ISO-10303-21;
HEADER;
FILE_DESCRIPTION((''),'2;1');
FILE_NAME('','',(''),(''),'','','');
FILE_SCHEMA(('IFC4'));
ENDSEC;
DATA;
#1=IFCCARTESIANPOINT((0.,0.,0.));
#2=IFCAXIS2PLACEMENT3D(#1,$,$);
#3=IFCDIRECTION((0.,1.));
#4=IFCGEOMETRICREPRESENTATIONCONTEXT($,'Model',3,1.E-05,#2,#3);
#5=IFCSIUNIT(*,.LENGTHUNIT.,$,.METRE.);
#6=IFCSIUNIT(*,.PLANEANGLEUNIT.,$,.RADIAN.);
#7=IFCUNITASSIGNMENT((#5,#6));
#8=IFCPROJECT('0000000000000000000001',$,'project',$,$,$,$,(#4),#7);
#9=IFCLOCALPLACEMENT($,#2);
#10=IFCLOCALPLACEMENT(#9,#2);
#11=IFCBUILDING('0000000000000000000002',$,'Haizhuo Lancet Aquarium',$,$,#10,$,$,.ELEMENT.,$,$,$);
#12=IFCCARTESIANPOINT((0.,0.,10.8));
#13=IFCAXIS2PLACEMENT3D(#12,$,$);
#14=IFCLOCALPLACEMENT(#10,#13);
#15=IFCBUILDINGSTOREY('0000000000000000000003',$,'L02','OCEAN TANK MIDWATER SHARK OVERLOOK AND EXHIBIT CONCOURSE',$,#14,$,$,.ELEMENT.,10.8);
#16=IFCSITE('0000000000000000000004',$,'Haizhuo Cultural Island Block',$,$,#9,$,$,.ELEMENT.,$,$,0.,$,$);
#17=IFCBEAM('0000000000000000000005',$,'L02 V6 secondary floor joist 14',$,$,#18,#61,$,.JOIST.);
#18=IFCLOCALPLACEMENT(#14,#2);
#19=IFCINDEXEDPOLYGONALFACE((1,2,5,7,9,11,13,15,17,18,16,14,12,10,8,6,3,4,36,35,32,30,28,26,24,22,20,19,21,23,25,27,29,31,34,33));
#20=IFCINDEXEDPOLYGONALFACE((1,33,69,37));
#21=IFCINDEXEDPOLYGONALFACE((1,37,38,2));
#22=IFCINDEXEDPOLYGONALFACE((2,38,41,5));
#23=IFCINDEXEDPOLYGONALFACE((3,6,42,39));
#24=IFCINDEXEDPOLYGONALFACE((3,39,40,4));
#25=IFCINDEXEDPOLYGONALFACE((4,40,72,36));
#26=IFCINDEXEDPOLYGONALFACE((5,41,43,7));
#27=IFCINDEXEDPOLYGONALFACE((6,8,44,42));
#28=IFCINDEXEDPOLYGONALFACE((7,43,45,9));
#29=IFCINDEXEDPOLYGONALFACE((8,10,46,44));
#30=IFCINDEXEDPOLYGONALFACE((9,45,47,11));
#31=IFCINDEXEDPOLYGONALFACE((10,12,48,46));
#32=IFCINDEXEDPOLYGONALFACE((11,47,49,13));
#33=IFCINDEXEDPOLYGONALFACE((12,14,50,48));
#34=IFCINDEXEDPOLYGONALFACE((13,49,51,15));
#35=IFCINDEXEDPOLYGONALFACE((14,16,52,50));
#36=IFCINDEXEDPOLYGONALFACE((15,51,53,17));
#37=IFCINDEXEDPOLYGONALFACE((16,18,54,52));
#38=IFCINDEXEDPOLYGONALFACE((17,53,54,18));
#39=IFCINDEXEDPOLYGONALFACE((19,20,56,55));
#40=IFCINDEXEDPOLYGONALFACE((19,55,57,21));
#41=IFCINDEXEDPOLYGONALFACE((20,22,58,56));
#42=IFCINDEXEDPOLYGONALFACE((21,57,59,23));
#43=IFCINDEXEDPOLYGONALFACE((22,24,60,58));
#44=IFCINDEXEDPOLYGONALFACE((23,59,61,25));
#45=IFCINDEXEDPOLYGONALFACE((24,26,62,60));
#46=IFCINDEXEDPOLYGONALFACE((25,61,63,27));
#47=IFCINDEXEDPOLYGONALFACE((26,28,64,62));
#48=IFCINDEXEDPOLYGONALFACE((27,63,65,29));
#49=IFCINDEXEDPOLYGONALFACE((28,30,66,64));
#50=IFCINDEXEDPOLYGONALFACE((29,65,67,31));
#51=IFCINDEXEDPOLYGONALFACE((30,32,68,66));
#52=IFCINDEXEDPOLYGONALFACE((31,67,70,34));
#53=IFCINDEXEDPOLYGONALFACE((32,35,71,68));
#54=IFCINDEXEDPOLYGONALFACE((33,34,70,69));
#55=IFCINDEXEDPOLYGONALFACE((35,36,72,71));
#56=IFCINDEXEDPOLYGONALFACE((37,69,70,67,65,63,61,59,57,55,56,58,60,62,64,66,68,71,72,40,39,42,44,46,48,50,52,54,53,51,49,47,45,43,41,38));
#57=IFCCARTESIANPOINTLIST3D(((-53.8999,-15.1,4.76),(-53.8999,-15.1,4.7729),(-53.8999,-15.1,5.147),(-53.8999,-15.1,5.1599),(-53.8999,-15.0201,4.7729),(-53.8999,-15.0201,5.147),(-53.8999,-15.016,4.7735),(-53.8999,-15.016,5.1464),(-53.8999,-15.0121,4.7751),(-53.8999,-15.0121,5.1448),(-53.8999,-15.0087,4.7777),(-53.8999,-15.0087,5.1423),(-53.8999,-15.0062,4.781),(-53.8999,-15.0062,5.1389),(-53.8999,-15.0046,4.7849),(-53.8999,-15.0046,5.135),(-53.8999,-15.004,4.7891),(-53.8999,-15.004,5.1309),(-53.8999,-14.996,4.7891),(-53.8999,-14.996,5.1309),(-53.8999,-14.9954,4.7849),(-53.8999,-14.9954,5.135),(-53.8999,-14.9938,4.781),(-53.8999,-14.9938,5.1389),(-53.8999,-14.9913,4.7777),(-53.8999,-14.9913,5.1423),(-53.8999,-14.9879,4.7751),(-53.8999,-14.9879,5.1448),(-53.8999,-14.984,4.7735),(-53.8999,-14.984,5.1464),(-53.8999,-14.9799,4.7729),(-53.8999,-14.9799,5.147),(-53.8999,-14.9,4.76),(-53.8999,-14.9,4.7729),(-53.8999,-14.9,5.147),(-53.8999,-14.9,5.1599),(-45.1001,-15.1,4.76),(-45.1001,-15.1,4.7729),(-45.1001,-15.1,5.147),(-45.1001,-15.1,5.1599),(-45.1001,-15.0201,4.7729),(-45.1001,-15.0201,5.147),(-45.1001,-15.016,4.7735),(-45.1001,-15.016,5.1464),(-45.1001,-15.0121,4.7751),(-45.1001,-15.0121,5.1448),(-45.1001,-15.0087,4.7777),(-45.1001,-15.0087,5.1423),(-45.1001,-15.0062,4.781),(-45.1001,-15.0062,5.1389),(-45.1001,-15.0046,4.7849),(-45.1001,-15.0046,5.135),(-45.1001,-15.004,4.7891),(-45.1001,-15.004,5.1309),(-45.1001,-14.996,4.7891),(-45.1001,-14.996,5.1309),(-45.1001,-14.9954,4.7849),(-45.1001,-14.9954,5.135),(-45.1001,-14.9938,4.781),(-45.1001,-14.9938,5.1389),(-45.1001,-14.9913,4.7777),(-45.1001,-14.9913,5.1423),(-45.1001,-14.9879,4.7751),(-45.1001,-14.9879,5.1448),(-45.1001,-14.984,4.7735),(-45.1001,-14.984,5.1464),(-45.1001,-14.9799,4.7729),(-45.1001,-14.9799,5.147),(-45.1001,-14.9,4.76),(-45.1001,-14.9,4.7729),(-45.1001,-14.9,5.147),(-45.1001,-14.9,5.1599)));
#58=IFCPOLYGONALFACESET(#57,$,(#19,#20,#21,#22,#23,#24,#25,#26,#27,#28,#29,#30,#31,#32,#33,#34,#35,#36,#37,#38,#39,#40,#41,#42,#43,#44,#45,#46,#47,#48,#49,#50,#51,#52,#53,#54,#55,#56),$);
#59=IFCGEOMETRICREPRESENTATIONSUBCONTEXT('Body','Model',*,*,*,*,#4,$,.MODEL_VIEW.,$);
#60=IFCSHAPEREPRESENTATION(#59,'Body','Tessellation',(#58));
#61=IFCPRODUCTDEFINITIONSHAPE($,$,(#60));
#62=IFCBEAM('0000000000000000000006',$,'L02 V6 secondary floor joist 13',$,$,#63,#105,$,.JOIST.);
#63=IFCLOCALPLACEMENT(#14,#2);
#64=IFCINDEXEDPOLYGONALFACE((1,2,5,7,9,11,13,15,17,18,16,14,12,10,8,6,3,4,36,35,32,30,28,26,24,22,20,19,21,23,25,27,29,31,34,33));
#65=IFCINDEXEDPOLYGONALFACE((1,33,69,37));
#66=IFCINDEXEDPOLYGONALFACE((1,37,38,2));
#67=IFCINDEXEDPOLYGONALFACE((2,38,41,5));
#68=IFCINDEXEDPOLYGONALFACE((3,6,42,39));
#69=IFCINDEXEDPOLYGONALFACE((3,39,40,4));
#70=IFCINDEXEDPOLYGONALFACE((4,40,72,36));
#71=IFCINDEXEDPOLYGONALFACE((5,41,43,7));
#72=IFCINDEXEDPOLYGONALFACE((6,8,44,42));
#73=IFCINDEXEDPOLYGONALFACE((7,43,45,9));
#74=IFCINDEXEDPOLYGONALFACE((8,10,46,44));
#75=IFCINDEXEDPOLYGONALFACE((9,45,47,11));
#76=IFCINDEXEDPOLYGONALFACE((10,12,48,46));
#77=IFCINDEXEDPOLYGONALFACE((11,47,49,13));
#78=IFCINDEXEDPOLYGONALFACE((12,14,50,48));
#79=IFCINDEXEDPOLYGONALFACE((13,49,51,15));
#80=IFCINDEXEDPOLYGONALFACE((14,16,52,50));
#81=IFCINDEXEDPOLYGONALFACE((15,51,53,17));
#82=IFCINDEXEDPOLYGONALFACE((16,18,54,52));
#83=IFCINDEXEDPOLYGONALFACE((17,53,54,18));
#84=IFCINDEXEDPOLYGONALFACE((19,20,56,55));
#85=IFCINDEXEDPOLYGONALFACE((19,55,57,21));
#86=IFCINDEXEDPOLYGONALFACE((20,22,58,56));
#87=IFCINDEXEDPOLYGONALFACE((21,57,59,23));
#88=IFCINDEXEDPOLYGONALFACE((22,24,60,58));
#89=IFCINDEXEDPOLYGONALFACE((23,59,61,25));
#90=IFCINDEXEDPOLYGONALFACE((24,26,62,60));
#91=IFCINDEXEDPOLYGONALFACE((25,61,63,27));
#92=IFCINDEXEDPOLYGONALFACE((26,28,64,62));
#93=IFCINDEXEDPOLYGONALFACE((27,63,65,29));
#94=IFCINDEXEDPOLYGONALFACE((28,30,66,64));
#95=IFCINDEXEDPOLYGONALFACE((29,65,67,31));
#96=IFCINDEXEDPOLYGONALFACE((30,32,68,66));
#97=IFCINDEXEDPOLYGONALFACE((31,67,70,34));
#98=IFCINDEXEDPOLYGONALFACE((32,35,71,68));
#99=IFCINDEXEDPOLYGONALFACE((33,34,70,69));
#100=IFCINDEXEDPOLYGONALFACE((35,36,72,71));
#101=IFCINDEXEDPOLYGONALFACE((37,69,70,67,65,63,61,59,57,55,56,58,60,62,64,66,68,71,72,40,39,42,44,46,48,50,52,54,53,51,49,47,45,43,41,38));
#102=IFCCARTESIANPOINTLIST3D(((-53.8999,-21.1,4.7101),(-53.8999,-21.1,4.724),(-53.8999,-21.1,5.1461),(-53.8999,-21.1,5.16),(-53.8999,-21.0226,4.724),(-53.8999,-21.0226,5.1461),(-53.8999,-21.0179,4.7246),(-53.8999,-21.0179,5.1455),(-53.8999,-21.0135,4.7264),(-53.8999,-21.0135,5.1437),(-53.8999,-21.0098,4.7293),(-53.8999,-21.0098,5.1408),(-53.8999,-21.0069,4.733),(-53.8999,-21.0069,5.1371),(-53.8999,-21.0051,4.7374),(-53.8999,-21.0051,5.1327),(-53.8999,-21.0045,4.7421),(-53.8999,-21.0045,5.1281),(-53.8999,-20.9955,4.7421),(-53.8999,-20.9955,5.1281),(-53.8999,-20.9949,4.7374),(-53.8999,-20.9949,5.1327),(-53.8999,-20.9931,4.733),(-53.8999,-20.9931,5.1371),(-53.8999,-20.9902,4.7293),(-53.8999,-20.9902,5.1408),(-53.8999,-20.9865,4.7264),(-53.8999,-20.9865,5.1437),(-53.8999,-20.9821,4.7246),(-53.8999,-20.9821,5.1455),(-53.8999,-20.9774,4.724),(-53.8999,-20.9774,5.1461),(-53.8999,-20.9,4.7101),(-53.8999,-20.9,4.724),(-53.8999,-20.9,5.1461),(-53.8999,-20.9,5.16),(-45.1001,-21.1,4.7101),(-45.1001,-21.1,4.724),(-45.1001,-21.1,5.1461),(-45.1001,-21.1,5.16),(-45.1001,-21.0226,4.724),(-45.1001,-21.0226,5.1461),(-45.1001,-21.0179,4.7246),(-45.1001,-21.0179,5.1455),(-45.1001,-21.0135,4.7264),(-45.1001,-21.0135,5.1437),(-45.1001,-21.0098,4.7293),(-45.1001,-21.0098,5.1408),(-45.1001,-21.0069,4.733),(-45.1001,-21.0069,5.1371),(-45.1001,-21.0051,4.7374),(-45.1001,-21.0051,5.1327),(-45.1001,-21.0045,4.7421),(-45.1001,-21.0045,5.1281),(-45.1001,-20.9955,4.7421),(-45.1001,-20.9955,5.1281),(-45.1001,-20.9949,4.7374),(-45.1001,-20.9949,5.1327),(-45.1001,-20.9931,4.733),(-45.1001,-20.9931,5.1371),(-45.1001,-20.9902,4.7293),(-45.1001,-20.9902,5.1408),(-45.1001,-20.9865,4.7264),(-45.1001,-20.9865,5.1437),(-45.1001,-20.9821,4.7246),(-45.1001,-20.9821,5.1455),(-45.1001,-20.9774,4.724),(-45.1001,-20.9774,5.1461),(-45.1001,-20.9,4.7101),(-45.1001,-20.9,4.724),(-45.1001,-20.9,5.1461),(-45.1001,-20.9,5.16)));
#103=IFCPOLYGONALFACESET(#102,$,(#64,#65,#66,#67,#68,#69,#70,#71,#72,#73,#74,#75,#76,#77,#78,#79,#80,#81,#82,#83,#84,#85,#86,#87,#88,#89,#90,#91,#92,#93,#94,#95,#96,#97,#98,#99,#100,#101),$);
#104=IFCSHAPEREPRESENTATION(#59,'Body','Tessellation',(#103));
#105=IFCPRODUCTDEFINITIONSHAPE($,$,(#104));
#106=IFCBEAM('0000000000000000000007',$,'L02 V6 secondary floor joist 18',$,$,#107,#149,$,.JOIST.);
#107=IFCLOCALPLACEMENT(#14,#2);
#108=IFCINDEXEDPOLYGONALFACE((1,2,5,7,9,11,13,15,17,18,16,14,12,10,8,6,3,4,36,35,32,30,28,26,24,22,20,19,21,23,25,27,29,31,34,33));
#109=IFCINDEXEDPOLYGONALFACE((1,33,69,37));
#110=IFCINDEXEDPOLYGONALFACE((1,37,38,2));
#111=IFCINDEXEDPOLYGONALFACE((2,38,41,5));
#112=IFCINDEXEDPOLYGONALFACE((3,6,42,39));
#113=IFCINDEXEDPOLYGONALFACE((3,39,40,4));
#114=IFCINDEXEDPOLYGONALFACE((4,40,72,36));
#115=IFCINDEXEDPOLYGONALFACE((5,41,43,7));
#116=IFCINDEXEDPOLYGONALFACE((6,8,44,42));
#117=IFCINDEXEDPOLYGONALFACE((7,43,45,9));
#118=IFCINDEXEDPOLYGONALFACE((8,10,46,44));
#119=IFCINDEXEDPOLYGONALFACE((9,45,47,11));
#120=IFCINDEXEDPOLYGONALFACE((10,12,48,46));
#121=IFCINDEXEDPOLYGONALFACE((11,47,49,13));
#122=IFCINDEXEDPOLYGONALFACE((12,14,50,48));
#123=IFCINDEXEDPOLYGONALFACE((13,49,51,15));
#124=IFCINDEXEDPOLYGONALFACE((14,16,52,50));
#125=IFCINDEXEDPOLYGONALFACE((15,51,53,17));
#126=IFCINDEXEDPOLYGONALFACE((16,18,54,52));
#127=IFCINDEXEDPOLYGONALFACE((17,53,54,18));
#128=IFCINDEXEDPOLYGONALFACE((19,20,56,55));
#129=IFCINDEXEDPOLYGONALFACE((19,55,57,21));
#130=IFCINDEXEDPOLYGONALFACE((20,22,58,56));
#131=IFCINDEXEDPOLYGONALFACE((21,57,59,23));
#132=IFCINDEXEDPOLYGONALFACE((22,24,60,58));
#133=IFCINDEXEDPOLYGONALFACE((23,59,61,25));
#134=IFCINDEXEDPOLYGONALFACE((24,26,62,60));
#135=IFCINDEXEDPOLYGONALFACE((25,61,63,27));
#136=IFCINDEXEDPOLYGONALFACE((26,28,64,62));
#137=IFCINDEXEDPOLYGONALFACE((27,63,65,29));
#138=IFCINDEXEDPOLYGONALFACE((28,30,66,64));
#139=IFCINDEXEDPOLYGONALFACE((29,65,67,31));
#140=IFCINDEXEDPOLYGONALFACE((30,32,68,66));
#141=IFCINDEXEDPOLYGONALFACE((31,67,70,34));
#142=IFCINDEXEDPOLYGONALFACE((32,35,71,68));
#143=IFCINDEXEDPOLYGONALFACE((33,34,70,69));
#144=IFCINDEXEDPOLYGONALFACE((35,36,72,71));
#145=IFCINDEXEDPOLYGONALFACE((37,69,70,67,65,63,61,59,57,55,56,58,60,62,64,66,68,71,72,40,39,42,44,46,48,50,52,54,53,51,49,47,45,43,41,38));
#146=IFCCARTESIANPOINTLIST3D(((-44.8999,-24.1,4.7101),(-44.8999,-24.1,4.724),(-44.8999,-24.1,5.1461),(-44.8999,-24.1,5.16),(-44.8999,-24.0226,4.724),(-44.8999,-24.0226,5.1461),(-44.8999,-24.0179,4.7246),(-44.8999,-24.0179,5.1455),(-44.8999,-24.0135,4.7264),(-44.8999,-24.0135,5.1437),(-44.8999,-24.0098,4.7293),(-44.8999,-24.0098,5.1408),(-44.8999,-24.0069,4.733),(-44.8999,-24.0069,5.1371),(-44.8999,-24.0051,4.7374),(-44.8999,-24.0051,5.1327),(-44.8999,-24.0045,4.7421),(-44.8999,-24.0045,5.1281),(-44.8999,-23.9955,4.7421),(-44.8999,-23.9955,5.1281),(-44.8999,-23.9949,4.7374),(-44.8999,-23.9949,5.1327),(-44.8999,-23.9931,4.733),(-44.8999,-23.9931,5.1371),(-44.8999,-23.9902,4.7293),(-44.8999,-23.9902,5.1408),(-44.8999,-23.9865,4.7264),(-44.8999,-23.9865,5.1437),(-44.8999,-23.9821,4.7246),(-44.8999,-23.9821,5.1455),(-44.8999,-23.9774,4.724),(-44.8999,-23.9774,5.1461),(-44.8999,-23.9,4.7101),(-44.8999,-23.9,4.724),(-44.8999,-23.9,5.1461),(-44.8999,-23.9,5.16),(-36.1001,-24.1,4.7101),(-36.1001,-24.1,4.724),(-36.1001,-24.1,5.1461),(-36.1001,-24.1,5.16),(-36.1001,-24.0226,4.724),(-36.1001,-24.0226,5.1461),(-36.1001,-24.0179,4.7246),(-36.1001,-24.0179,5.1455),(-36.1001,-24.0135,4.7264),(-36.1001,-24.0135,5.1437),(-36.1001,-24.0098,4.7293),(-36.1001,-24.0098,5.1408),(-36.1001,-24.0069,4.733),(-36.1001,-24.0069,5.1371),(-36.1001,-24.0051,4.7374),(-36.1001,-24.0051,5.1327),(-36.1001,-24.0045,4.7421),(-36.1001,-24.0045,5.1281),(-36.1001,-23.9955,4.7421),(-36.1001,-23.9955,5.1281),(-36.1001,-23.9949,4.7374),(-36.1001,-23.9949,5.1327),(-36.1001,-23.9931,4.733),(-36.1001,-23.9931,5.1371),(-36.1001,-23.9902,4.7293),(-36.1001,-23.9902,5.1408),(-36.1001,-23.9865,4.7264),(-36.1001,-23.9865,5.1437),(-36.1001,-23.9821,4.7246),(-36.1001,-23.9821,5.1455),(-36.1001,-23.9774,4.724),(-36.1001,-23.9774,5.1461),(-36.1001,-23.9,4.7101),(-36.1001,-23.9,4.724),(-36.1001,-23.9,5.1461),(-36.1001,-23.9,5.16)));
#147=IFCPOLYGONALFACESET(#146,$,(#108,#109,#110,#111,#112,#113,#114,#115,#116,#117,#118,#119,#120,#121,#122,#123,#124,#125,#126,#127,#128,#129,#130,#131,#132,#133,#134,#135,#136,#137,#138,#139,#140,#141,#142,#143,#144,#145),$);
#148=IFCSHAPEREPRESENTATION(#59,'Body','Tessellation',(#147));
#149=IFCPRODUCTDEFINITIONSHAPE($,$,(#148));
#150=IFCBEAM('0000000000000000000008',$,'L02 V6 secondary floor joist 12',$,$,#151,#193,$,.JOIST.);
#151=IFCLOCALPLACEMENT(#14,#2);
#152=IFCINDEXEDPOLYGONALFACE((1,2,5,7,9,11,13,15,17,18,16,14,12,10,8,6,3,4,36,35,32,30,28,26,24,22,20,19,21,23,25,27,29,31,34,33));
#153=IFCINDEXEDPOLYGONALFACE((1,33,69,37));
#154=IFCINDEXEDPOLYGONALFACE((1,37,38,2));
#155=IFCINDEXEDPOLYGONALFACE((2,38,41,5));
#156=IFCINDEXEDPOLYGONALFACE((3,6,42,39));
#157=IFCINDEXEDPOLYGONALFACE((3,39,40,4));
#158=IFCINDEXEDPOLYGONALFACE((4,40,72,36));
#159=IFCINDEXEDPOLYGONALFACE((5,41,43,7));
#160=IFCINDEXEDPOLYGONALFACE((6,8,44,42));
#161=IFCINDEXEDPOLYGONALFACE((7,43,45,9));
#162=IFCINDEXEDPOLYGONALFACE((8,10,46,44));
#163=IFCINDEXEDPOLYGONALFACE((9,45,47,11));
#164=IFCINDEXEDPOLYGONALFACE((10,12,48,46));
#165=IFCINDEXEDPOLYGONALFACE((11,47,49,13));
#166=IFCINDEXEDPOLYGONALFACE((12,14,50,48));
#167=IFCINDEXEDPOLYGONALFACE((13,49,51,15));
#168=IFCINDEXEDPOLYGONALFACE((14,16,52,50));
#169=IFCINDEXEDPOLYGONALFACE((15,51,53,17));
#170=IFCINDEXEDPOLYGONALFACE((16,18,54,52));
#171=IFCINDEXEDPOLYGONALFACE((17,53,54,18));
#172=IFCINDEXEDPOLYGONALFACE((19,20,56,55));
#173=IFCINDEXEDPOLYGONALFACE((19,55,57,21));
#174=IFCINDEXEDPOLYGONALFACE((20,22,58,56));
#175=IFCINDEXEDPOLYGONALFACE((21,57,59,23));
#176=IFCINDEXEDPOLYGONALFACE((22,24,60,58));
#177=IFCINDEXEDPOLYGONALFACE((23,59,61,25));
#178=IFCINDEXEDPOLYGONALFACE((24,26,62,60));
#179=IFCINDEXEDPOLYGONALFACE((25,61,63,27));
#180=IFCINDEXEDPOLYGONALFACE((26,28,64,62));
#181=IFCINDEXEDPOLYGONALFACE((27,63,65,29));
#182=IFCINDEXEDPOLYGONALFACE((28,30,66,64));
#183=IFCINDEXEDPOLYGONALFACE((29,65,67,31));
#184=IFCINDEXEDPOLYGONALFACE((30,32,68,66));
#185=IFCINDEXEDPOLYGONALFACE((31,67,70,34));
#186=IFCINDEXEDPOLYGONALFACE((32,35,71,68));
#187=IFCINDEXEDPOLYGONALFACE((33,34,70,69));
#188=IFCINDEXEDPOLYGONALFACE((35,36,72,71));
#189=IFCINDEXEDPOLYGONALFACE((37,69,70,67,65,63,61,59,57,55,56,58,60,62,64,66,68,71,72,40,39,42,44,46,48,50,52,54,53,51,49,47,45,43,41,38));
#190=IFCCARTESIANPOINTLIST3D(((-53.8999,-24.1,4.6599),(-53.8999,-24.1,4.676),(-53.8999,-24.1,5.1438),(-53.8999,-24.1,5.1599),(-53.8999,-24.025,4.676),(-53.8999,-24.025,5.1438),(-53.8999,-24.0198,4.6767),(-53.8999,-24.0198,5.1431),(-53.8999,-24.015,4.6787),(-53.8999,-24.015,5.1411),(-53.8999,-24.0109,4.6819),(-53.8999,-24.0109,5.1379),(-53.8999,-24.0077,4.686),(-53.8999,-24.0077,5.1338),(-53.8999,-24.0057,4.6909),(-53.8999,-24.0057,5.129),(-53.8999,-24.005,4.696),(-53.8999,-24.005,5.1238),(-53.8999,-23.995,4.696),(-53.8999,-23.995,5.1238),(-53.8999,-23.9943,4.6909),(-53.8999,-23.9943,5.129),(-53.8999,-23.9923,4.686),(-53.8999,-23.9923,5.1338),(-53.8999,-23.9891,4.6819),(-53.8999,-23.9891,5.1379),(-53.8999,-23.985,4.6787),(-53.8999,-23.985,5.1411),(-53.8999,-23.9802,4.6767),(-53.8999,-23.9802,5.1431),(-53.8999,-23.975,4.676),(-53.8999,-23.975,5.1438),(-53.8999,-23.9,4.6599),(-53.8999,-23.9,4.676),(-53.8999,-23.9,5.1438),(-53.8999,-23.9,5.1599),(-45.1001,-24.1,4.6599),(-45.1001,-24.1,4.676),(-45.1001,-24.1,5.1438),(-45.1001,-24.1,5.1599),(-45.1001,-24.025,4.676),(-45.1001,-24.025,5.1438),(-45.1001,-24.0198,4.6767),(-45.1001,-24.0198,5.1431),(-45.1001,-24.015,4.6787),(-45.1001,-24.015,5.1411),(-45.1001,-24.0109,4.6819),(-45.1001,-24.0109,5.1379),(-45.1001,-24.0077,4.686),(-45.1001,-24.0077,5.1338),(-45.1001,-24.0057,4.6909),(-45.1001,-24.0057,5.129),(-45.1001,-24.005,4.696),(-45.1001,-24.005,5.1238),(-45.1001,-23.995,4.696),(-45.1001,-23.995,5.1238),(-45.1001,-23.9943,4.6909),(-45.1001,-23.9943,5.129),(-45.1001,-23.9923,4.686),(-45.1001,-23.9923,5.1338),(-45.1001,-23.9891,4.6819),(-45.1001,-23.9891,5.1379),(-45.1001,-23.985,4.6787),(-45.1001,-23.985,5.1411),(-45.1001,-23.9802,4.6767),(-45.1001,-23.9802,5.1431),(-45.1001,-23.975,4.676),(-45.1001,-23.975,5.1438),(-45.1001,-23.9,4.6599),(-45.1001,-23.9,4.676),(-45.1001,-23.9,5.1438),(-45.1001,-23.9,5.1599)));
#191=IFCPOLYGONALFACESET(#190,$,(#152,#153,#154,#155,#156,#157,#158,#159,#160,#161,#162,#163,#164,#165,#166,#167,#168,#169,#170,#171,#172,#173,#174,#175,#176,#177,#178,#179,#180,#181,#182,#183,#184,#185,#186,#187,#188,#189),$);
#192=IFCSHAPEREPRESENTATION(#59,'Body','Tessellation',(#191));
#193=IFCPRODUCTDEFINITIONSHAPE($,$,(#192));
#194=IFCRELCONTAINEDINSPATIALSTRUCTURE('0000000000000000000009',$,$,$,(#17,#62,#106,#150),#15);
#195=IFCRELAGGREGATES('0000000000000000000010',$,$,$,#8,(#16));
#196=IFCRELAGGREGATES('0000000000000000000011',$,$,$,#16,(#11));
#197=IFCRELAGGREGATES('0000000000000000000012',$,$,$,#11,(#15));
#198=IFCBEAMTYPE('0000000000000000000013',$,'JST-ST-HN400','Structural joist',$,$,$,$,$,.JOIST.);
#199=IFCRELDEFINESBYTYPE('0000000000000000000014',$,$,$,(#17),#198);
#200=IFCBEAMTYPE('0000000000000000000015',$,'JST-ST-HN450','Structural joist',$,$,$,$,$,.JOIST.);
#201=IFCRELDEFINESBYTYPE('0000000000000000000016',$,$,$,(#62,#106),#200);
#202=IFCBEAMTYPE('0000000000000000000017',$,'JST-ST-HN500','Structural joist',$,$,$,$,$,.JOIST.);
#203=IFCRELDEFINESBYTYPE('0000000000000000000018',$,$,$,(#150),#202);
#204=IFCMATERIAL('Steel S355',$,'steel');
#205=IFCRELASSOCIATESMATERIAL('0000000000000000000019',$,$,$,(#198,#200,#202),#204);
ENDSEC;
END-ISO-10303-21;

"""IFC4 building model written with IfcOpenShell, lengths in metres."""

from ifc_helpers import new_model, si_unit, direction, frame, origin, origin_2d, place, context, subcontext, project, spatial, i_section, extrude, material, material_profile, profile_set, type_object, element, save


model = new_model("IFC4")

# Units and contexts
model_context = context("Model", 3, precision=1e-05, world=origin(), true_north=direction((0.0, 1.0)))
body_context = subcontext(model_context, "Body", "Model", "MODEL_VIEW")
ifc_project = project(units=[si_unit("LENGTHUNIT", "METRE"), si_unit("PLANEANGLEUNIT", "RADIAN")], contexts=[model_context])

# Site, building, storey
site_placement = place(None, origin())
site = spatial("IfcSite", under=ifc_project, at=site_placement, Name="Haizhuo Cultural Island Block", CompositionType="ELEMENT", RefElevation=0.0)
building_placement = place(site_placement, origin())
building = spatial("IfcBuilding", under=site, at=building_placement, Name="Haizhuo Lancet Aquarium", CompositionType="ELEMENT")
storey_placement = place(building_placement, frame((0.0, 0.0, 10.8)))
storey = spatial("IfcBuildingStorey", under=building, at=storey_placement, Name="L02", Description="OCEAN TANK MIDWATER SHARK OVERLOOK AND EXHIBIT CONCOURSE", CompositionType="ELEMENT", Elevation=10.8)

# Shared definitions
ifc_material_1 = material(Name="Steel S355", Category="steel")

# Beams
ifc_material_profile_1 = material_profile(ifc_material_1, i_section(OverallWidth=0.2, OverallDepth=0.3999, WebThickness=0.0081, FlangeThickness=0.0129, FilletRadius=0.0161, at=origin_2d()), Name="HN 400x200x8x13")
ifc_profile_set_1 = profile_set([ifc_material_profile_1], Name="Steel S355")
beam_type_1 = type_object("IfcBeamType", Name="JST-ST-HN400", Description="Structural joist", PredefinedType="JOIST", material=ifc_profile_set_1)
beam_1_placement = place(storey_placement, frame((-53.8999, -15.0, 4.96), z_axis=(1.0, 0.0, 0.0), x_axis=(0.0, 1.0, 0.0)))
element("IfcBeam", 1, at=beam_1_placement, inside=storey, type_object=beam_type_1, Name="L02 V6 secondary floor joist 14", PredefinedType="JOIST", context=body_context, shape_type="SweptSolid", body=[
    extrude(i_section(OverallWidth=0.2, OverallDepth=0.3999, WebThickness=0.0081, FlangeThickness=0.0129, FilletRadius=0.0161, at=origin_2d()), origin(), (0.0, 0.0, 1.0), 8.7998),
])
ifc_material_profile_2 = material_profile(ifc_material_1, i_section(OverallWidth=0.2, OverallDepth=0.45, WebThickness=0.009, FlangeThickness=0.0139, FilletRadius=0.0181, at=origin_2d()), Name="HN 450x200x9x14")
ifc_profile_set_2 = profile_set([ifc_material_profile_2], Name="Steel S355")
beam_type_2 = type_object("IfcBeamType", Name="JST-ST-HN450", Description="Structural joist", PredefinedType="JOIST", material=ifc_profile_set_2)
for number, where, z_axis, x_axis, name in (
    (2, (-53.8999, -21.0, 4.9351), (1.0, 0.0, 0.0), (0.0, 1.0, 0.0), "L02 V6 secondary floor joist 13"),
    (3, (-44.8999, -24.0, 4.9351), (1.0, 0.0, 0.0), (0.0, 1.0, 0.0), "L02 V6 secondary floor joist 18"),
):
    element("IfcBeam", number, at=place(storey_placement, frame(where, z_axis=z_axis, x_axis=x_axis)), inside=storey, type_object=beam_type_2, Name=name, PredefinedType="JOIST", context=body_context, shape_type="SweptSolid", body=[
        extrude(i_section(OverallWidth=0.2, OverallDepth=0.45, WebThickness=0.009, FlangeThickness=0.0139, FilletRadius=0.0181, at=origin_2d()), origin(), (0.0, 0.0, 1.0), 8.7998),
    ])
ifc_material_profile_3 = material_profile(ifc_material_1, i_section(OverallWidth=0.2, OverallDepth=0.5, WebThickness=0.01, FlangeThickness=0.0161, FilletRadius=0.02, at=origin_2d()), Name="HN 500x200x10x16")
ifc_profile_set_3 = profile_set([ifc_material_profile_3], Name="Steel S355")
beam_type_3 = type_object("IfcBeamType", Name="JST-ST-HN500", Description="Structural joist", PredefinedType="JOIST", material=ifc_profile_set_3)
beam_2_placement = place(storey_placement, frame((-53.8999, -24.0, 4.9099), z_axis=(1.0, 0.0, 0.0), x_axis=(0.0, 1.0, 0.0)))
element("IfcBeam", 4, at=beam_2_placement, inside=storey, type_object=beam_type_3, Name="L02 V6 secondary floor joist 12", PredefinedType="JOIST", context=body_context, shape_type="SweptSolid", body=[
    extrude(i_section(OverallWidth=0.2, OverallDepth=0.5, WebThickness=0.01, FlangeThickness=0.0161, FilletRadius=0.02, at=origin_2d()), origin(), (0.0, 0.0, 1.0), 8.7998),
])

save(model, "model.ifc")
